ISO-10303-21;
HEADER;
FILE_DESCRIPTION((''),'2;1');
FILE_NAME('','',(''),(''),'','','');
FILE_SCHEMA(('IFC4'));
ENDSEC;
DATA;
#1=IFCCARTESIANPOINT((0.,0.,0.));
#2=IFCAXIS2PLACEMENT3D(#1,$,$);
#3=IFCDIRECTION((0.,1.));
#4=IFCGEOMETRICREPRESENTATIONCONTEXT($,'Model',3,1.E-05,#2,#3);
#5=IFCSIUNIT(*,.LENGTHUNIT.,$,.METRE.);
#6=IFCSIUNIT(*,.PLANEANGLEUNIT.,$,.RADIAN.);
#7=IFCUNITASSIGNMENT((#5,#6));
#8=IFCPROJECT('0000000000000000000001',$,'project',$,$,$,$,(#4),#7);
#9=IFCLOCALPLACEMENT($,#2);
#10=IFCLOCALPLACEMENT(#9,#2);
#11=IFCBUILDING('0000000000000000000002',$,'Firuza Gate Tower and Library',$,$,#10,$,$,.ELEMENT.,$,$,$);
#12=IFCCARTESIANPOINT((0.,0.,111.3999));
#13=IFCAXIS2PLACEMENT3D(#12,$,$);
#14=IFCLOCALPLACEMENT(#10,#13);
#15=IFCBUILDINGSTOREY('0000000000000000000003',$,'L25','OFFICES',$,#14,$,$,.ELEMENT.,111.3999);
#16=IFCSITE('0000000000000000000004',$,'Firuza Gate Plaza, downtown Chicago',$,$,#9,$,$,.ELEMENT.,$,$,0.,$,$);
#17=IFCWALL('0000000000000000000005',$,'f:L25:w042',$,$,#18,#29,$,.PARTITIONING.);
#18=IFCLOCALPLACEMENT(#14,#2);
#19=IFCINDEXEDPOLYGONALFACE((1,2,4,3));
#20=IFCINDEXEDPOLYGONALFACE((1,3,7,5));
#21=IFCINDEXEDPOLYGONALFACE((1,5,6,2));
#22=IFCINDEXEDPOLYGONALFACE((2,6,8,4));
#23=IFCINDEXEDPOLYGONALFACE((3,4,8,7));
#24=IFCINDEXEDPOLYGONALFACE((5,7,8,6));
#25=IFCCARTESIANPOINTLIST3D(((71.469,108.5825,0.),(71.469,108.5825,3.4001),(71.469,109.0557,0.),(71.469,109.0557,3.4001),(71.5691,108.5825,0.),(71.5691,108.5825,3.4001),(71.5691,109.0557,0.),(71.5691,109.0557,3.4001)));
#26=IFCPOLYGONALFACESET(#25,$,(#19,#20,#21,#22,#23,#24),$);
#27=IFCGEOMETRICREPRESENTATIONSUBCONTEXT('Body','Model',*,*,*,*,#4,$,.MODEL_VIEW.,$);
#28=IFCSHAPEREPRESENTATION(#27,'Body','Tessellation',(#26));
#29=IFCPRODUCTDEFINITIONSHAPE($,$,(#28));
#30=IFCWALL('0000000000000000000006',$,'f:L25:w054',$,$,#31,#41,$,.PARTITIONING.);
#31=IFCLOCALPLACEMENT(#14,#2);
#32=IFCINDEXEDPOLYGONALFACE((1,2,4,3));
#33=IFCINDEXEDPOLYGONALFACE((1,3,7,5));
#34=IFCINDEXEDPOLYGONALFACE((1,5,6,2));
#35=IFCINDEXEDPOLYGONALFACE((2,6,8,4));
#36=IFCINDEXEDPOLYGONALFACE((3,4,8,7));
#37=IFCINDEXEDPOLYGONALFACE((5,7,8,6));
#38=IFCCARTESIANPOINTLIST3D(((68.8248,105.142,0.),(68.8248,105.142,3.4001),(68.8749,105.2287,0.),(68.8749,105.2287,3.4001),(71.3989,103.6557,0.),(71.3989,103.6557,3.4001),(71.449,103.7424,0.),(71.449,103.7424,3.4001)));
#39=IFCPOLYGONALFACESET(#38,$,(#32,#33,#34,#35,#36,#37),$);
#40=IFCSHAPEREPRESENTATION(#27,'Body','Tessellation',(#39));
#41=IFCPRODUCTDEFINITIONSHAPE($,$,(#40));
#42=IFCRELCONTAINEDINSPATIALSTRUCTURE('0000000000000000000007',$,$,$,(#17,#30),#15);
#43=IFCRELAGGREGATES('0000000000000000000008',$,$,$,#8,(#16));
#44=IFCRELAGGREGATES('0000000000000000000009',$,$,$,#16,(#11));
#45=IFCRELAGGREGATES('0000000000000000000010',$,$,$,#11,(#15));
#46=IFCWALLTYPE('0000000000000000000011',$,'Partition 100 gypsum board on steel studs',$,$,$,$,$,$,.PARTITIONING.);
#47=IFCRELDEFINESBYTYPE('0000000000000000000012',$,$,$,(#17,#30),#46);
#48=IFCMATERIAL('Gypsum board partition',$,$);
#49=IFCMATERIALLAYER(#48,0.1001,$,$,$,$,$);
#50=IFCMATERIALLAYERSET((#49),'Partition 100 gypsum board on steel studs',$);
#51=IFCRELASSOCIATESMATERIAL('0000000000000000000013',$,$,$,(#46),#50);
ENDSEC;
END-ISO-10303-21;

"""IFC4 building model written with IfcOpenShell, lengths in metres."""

from ifc_helpers import new_model, si_unit, direction, frame, frame_2d, origin, place, context, subcontext, project, spatial, rectangle, extrude, material, layer, layer_set, type_object, element, save


model = new_model("IFC4")

# Units and contexts
model_context = context("Model", 3, precision=1e-05, world=origin(), true_north=direction((0.0, 1.0)))
body_context = subcontext(model_context, "Body", "Model", "MODEL_VIEW")
ifc_project = project(units=[si_unit("LENGTHUNIT", "METRE"), si_unit("PLANEANGLEUNIT", "RADIAN")], contexts=[model_context])

# Site, building, storey
site_placement = place(None, origin())
site = spatial("IfcSite", under=ifc_project, at=site_placement, Name="Firuza Gate Plaza, downtown Chicago", CompositionType="ELEMENT", RefElevation=0.0)
building_placement = place(site_placement, origin())
building = spatial("IfcBuilding", under=site, at=building_placement, Name="Firuza Gate Tower and Library", CompositionType="ELEMENT")
storey_placement = place(building_placement, frame((0.0, 0.0, 111.3999)))
storey = spatial("IfcBuildingStorey", under=building, at=storey_placement, Name="L25", Description="OFFICES", CompositionType="ELEMENT", Elevation=111.3999)

# Walls
ifc_material_1 = material(Name="Gypsum board partition")
ifc_layer_1 = layer(ifc_material_1, 0.1001)
ifc_layer_set_1 = layer_set([ifc_layer_1], Name="Partition 100 gypsum board on steel studs")
wall_type_1 = type_object("IfcWallType", Name="Partition 100 gypsum board on steel studs", PredefinedType="PARTITIONING", material=ifc_layer_set_1)
wall_1_placement = place(storey_placement, frame((71.519, 108.5825, 0.0), z_axis=(0.0, 0.0, 1.0), x_axis=(0.0, 1.0, 0.0)))
element("IfcWall", 1, at=wall_1_placement, inside=storey, type_object=wall_type_1, Name="f:L25:w042", PredefinedType="PARTITIONING", context=body_context, shape_type="SweptSolid", body=[
    extrude(rectangle(XDim=0.4731, YDim=0.1001, at=frame_2d((0.2366, 0.0))), origin(), (0.0, 0.0, 1.0), 3.4001),
])
wall_2_placement = place(storey_placement, frame((71.4241, 103.699, 0.0), z_axis=(0.0, 0.0, 1.0), x_axis=(-0.866011, 0.500026, 0.0)))
element("IfcWall", 2, at=wall_2_placement, inside=storey, type_object=wall_type_1, Name="f:L25:w054", PredefinedType="PARTITIONING", context=body_context, shape_type="SweptSolid", body=[
    extrude(rectangle(XDim=2.9724, YDim=0.1001, at=frame_2d((1.4863, 0.0))), origin(), (0.0, 0.0, 1.0), 3.4001),
])

save(model, "model.ifc")
